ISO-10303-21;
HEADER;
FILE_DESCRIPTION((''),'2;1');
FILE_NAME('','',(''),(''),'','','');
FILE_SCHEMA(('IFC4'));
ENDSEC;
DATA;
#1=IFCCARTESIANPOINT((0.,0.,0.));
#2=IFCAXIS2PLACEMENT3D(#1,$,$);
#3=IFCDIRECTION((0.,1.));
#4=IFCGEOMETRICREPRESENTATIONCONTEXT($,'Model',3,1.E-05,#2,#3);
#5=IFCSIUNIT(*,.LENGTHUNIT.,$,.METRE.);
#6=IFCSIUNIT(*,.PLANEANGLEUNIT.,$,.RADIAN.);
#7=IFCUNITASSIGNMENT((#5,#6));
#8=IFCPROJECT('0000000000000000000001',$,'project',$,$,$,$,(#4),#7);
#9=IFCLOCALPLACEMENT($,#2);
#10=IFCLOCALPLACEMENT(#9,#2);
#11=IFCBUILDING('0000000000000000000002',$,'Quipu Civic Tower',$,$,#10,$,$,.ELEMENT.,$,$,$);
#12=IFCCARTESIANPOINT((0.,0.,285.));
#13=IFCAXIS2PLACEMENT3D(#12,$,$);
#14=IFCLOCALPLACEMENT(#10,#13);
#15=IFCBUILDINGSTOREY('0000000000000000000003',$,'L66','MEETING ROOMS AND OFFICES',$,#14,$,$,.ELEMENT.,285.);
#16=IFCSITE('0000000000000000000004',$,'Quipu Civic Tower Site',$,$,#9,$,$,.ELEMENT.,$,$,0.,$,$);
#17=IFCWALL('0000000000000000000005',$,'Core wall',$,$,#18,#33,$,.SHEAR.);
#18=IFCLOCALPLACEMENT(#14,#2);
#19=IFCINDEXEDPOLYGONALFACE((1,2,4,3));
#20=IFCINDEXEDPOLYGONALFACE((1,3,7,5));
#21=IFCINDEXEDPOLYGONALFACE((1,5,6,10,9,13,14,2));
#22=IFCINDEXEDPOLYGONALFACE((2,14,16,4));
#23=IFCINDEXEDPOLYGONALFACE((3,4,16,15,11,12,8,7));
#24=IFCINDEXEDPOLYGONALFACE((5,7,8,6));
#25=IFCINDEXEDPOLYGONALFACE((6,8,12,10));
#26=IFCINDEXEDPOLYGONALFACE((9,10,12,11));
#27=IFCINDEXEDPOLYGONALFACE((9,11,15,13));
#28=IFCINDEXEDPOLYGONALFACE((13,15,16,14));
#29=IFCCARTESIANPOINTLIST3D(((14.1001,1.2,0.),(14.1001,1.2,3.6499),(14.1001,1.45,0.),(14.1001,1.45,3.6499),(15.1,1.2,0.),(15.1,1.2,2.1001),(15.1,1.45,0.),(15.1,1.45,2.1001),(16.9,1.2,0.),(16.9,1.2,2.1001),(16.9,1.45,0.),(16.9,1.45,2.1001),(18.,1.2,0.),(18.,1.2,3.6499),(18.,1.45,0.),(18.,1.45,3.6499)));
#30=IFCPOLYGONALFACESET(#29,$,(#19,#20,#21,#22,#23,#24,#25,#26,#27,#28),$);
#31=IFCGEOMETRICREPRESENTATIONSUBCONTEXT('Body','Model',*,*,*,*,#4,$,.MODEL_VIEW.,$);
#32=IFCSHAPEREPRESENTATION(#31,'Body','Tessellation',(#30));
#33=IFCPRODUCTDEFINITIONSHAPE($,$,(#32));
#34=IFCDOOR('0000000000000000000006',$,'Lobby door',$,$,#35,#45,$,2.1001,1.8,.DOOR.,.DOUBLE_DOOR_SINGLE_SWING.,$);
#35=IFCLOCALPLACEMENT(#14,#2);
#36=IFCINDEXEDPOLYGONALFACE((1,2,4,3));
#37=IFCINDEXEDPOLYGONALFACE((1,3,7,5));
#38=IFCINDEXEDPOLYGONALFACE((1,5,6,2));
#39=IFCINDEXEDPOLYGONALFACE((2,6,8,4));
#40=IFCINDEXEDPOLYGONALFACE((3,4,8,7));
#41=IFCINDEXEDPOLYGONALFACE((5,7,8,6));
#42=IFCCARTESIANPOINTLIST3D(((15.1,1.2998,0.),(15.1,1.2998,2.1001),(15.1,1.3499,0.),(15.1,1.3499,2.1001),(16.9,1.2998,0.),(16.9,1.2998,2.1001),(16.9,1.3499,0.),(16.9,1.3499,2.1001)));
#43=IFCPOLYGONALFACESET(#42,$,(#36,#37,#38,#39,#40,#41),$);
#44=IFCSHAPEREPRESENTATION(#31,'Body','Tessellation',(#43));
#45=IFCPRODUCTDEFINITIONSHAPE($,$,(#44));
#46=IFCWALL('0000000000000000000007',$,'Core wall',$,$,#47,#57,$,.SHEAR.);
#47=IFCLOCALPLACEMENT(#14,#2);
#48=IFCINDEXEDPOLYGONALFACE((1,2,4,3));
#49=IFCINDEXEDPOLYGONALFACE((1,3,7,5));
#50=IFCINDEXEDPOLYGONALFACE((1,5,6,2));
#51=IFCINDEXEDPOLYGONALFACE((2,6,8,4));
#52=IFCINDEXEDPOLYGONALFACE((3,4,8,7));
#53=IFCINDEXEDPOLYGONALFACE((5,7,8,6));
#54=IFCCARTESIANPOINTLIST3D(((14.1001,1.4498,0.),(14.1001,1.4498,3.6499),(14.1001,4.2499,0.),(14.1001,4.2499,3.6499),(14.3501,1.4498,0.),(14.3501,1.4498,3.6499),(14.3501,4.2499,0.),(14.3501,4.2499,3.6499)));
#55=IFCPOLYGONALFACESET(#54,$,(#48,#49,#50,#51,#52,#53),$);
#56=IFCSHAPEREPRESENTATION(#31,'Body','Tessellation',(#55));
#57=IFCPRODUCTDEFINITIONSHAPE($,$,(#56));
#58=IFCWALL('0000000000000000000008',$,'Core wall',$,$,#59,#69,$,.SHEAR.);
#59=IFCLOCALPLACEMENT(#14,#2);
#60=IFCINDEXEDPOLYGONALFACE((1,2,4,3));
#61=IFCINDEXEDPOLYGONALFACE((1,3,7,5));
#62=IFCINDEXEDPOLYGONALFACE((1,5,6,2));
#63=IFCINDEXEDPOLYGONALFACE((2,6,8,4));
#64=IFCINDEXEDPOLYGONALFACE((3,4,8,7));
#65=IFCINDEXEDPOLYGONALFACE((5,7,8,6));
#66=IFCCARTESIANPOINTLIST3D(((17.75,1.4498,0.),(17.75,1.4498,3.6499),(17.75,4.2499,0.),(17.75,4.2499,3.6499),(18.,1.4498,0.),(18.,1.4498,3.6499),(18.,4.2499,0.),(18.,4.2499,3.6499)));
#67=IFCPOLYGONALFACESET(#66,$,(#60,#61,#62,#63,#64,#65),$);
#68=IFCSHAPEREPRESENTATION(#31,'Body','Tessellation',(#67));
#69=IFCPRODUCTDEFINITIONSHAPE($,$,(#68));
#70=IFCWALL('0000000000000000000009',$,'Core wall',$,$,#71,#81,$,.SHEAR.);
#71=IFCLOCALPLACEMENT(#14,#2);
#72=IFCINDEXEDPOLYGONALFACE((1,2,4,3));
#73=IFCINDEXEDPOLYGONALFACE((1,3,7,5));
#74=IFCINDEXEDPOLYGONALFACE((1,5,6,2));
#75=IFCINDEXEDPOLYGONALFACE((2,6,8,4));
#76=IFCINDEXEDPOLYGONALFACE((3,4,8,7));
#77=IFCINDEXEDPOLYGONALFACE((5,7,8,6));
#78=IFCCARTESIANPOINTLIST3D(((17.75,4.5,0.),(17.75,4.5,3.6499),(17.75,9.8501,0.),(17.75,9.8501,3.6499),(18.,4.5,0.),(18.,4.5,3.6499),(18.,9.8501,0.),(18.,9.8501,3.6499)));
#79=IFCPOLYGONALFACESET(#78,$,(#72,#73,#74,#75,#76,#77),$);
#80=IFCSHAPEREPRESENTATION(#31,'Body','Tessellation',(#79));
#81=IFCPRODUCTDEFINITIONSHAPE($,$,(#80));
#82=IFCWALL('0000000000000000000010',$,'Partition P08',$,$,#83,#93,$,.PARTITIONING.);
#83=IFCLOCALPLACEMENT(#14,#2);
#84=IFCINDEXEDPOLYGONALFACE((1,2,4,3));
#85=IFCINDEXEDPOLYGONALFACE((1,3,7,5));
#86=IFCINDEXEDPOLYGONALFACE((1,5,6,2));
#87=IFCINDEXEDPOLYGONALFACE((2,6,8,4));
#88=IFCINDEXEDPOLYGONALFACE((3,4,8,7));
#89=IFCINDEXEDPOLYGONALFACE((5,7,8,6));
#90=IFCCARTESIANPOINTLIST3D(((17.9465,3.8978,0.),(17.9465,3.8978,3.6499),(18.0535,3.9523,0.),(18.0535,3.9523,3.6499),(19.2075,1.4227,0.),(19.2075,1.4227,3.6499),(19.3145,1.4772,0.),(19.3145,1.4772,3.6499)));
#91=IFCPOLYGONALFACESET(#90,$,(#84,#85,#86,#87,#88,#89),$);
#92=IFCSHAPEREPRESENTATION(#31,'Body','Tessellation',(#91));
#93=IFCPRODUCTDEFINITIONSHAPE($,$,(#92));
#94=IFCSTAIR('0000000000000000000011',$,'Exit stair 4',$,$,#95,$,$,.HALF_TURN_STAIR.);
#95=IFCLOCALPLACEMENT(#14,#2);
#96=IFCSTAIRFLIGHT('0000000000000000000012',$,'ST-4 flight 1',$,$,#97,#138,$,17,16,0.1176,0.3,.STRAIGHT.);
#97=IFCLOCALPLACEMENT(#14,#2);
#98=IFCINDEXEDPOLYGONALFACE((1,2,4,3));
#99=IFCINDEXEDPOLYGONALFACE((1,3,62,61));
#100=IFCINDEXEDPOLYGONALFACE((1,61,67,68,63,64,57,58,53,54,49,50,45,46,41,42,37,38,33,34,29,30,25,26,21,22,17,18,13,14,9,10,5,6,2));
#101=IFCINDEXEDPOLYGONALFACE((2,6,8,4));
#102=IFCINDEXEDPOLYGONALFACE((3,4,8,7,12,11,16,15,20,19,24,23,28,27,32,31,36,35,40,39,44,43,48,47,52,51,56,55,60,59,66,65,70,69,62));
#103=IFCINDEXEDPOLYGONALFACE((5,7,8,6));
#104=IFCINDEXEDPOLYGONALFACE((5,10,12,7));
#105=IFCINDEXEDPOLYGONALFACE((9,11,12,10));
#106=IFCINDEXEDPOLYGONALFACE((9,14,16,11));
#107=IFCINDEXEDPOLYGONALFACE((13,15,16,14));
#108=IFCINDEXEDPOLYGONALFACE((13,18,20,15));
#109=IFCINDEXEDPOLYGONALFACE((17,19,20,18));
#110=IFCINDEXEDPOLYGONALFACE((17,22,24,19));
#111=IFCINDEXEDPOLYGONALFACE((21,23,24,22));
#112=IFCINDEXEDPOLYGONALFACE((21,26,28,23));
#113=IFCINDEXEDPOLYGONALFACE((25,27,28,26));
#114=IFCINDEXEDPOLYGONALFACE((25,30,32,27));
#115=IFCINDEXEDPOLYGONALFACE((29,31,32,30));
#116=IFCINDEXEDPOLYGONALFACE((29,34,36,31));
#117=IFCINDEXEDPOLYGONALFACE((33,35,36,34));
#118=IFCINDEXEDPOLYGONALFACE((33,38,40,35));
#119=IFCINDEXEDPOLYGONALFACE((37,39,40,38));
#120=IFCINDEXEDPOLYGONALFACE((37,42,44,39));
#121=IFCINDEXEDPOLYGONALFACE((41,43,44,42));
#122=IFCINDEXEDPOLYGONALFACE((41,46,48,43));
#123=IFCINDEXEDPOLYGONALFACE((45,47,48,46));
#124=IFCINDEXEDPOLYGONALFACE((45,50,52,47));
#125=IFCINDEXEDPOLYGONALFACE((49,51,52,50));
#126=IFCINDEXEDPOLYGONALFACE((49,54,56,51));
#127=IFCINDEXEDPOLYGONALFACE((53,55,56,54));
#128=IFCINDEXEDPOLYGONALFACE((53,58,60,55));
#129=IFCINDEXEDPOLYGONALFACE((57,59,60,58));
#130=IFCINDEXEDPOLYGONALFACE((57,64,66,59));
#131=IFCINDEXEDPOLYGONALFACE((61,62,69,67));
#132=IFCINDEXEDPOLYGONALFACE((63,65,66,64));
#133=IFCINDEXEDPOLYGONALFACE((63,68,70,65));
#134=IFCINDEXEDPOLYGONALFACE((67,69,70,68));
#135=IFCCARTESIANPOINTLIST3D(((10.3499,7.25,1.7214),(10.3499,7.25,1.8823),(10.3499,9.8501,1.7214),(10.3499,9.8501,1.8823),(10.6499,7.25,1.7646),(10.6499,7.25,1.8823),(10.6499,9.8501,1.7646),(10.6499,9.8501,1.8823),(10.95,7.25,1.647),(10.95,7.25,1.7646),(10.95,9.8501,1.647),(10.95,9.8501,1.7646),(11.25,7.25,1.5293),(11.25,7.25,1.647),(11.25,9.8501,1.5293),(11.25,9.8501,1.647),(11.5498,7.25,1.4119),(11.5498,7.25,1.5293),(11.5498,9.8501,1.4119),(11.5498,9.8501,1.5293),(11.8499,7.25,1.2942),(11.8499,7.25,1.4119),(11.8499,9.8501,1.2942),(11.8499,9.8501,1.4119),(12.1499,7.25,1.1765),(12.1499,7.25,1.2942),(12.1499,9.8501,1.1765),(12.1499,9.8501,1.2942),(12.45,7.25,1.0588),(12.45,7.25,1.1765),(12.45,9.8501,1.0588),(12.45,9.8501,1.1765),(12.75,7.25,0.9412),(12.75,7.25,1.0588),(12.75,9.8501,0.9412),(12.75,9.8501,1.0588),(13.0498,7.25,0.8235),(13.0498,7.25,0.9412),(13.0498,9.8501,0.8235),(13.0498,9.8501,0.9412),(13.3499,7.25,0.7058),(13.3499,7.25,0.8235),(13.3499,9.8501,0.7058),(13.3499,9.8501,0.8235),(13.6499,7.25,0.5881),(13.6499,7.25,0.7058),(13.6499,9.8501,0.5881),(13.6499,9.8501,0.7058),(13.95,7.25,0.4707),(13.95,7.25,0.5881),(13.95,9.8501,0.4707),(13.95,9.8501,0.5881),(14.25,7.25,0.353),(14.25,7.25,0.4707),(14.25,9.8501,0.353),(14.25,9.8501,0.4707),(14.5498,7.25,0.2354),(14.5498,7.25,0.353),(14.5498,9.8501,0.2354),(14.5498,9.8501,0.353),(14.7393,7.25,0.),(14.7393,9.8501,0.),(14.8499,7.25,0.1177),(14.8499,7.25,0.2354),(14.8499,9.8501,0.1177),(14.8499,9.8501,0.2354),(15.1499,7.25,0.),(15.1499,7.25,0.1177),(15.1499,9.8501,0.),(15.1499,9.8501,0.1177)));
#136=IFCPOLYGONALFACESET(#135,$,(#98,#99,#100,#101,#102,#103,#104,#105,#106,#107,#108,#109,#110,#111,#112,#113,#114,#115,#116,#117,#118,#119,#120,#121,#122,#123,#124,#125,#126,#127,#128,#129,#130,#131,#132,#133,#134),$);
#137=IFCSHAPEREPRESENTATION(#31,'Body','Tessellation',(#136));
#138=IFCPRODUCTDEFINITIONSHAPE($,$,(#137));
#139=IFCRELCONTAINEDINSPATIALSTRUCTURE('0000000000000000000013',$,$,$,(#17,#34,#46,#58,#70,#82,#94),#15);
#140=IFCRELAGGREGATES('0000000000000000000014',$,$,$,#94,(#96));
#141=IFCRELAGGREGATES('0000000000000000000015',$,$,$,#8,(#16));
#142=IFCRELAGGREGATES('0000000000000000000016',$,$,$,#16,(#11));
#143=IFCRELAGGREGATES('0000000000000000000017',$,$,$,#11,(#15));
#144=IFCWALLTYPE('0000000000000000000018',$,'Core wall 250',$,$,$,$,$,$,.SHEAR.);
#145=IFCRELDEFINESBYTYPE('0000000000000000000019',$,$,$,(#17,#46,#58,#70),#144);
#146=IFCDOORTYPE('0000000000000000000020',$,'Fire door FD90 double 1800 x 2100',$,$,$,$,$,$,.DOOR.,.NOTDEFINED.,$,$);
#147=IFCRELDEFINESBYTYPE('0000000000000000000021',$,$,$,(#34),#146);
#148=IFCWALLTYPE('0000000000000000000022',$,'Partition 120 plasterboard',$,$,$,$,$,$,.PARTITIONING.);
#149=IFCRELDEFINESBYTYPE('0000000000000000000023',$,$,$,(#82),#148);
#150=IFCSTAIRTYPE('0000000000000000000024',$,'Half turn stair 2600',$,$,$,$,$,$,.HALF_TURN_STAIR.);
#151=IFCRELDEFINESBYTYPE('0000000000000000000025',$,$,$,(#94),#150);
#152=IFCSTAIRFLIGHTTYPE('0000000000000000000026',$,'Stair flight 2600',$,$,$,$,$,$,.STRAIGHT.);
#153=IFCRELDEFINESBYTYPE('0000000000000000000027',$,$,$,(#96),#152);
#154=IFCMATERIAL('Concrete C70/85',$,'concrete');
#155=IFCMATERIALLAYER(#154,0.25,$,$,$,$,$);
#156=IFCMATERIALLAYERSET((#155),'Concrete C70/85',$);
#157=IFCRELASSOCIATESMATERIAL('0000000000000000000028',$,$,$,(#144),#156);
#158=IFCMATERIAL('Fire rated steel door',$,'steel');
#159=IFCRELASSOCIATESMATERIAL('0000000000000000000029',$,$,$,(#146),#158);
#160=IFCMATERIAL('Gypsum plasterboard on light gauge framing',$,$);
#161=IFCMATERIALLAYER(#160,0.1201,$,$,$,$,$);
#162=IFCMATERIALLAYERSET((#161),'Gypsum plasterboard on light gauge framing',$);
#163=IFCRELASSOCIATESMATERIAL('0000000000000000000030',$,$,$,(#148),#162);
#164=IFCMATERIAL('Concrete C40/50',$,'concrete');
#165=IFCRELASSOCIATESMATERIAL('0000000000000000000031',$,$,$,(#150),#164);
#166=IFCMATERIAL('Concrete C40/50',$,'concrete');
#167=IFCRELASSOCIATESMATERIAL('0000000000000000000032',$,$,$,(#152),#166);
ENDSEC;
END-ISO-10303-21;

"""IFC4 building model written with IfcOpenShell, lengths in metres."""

from ifc_helpers import new_model, si_unit, direction, frame, frame_2d, origin, place, context, subcontext, project, spatial, polyline, rectangle, outline, extrude, material, layer, layer_set, type_object, element, fill, aggregate, save


model = new_model("IFC4")

# Units and contexts
model_context = context("Model", 3, precision=1e-05, world=origin(), true_north=direction((0.0, 1.0)))
body_context = subcontext(model_context, "Body", "Model", "MODEL_VIEW")
ifc_project = project(units=[si_unit("LENGTHUNIT", "METRE"), si_unit("PLANEANGLEUNIT", "RADIAN")], contexts=[model_context])

# Site, building, storey
site_placement = place(None, origin())
site = spatial("IfcSite", under=ifc_project, at=site_placement, Name="Quipu Civic Tower Site", CompositionType="ELEMENT", RefElevation=0.0)
building_placement = place(site_placement, origin())
building = spatial("IfcBuilding", under=site, at=building_placement, Name="Quipu Civic Tower", CompositionType="ELEMENT")
storey_placement = place(building_placement, frame((0.0, 0.0, 285.0)))
storey = spatial("IfcBuildingStorey", under=building, at=storey_placement, Name="L66", Description="MEETING ROOMS AND OFFICES", CompositionType="ELEMENT", Elevation=285.0)

# Wall, opening, door
ifc_material_1 = material(Name="Concrete C70/85", Category="concrete")
ifc_layer_1 = layer(ifc_material_1, 0.25)
ifc_layer_set_1 = layer_set([ifc_layer_1], Name="Concrete C70/85")
wall_type_1 = type_object("IfcWallType", Name="Core wall 250", PredefinedType="SHEAR", material=ifc_layer_set_1)
wall_1_placement = place(storey_placement, frame((14.1001, 1.325, 0.0), z_axis=(0.0, 0.0, 1.0), x_axis=(1.0, 0.0, 0.0)))
wall_1 = element("IfcWall", 1, at=wall_1_placement, inside=storey, type_object=wall_type_1, Name="Core wall", PredefinedType="SHEAR", context=body_context, shape_type="SweptSolid", body=[
    extrude(rectangle(XDim=3.8999, YDim=0.25, at=frame_2d((1.95, 0.0))), origin(), (0.0, 0.0, 1.0), 3.6499),
])
opening_placement = place(wall_1_placement, frame((1.0, 0.0, 0.0)))
opening = element("IfcOpeningElement", 2, at=opening_placement, cuts=wall_1, PredefinedType="OPENING", context=body_context, shape_type="SweptSolid", body=[
    extrude(rectangle(XDim=1.8, YDim=2.1001, at=frame_2d((0.8999, 1.05))), frame((0.0, 0.135, 0.0), z_axis=(0.0, -1.0, 0.0), x_axis=(1.0, 0.0, 0.0)), (0.0, 0.0, 1.0), 0.27),
])
ifc_material_2 = material(Name="Fire rated steel door", Category="steel")
door_type = type_object("IfcDoorType", Name="Fire door FD90 double 1800 x 2100", OperationType="NOTDEFINED", PredefinedType="DOOR", material=ifc_material_2)
door_placement = place(opening_placement, origin())
door = element("IfcDoor", 3, at=door_placement, inside=storey, type_object=door_type, Name="Lobby door", OperationType="DOUBLE_DOOR_SINGLE_SWING", OverallHeight=2.1001, OverallWidth=1.8, PredefinedType="DOOR", context=body_context, shape_type="SweptSolid", body=[
    extrude(rectangle(XDim=1.8, YDim=2.1001, at=frame_2d((0.8999, 1.05))), frame((0.0, 0.0249, 0.0), z_axis=(0.0, -1.0, 0.0), x_axis=(1.0, 0.0, 0.0)), (0.0, 0.0, 1.0), 0.05),
])
fill(opening, door)

# Walls
for number, where, z_axis, x_axis, name in (
    (4, (14.2251, 1.45, 0.0), (0.0, 0.0, 1.0), (0.0, 1.0, 0.0), "Core wall"),
    (5, (17.875, 1.45, 0.0), (0.0, 0.0, 1.0), (0.0, 1.0, 0.0), "Core wall"),
):
    element("IfcWall", number, at=place(storey_placement, frame(where, z_axis=z_axis, x_axis=x_axis)), inside=storey, type_object=wall_type_1, Name=name, PredefinedType="SHEAR", context=body_context, shape_type="SweptSolid", body=[
        extrude(rectangle(XDim=2.8, YDim=0.25, at=frame_2d((1.3999, 0.0))), origin(), (0.0, 0.0, 1.0), 3.6499),
    ])
wall_2_placement = place(storey_placement, frame((17.875, 4.5, 0.0), z_axis=(0.0, 0.0, 1.0), x_axis=(0.0, 1.0, 0.0)))
element("IfcWall", 6, at=wall_2_placement, inside=storey, type_object=wall_type_1, Name="Core wall", PredefinedType="SHEAR", context=body_context, shape_type="SweptSolid", body=[
    extrude(rectangle(XDim=5.3501, YDim=0.25, at=frame_2d((2.675, 0.0))), origin(), (0.0, 0.0, 1.0), 3.6499),
])
ifc_material_3 = material(Name="Gypsum plasterboard on light gauge framing")
ifc_layer_2 = layer(ifc_material_3, 0.1201)
ifc_layer_set_2 = layer_set([ifc_layer_2], Name="Gypsum plasterboard on light gauge framing")
wall_type_2 = type_object("IfcWallType", Name="Partition 120 plasterboard", PredefinedType="PARTITIONING", material=ifc_layer_set_2)
wall_3_placement = place(storey_placement, frame((18.0, 3.925, 0.0), z_axis=(0.0, 0.0, 1.0), x_axis=(0.453951, -0.891027, 0.0)))
element("IfcWall", 7, at=wall_3_placement, inside=storey, type_object=wall_type_2, Name="Partition P08", PredefinedType="PARTITIONING", context=body_context, shape_type="SweptSolid", body=[
    extrude(rectangle(XDim=2.7778, YDim=0.1201, at=frame_2d((1.3889, 0.0))), origin(), (0.0, 0.0, 1.0), 3.6499),
])

# Stair, stair flight
ifc_material_4 = material(Name="Concrete C40/50", Category="concrete")
stair_type = type_object("IfcStairType", Name="Half turn stair 2600", PredefinedType="HALF_TURN_STAIR", material=ifc_material_4)
stair_placement = place(storey_placement, origin())
stair = element("IfcStair", 8, at=stair_placement, inside=storey, type_object=stair_type, Name="Exit stair 4", PredefinedType="HALF_TURN_STAIR")
ifc_material_5 = material(Name="Concrete C40/50", Category="concrete")
stair_flight_type = type_object("IfcStairFlightType", Name="Stair flight 2600", PredefinedType="STRAIGHT", material=ifc_material_5)
stair_flight_placement = place(storey_placement, frame((15.1499, 8.55, 0.0), z_axis=(0.0, 0.0, 1.0), x_axis=(-1.0, 0.0, 0.0)))
stair_flight = element("IfcStairFlight", 9, at=stair_flight_placement, type_object=stair_flight_type, Name="ST-4 flight 1", NumberOfRisers=17, NumberOfTreads=16, PredefinedType="STRAIGHT", RiserHeight=0.1176, TreadLength=0.3, context=body_context, shape_type="SweptSolid", body=[
    extrude(outline(polyline([(0.0, 0.0), (0.0, 0.1177), (0.3, 0.1177), (0.3, 0.2354), (0.6001, 0.2354), (0.6001, 0.353), (0.8999, 0.353), (0.8999, 0.4707), (1.2, 0.4707), (1.2, 0.5881), (1.5, 0.5881), (1.5, 0.7058), (1.8, 0.7058), (1.8, 0.8235), (2.1001, 0.8235), (2.1001, 0.9412), (2.3999, 0.9412), (2.3999, 1.0588), (2.7, 1.0588), (2.7, 1.1765), (3.0, 1.1765), (3.0, 1.2942), (3.3, 1.2942), (3.3, 1.4119), (3.6001, 1.4119), (3.6001, 1.5293), (3.8999, 1.5293), (3.8999, 1.647), (4.2, 1.647), (4.2, 1.7646), (4.5, 1.7646), (4.5, 1.8823), (4.8, 1.8823), (4.8, 2.0), (4.8, 1.7214), (0.4106, 0.0), (0.0, 0.0)])), frame((0.0, 1.3, 0.0), z_axis=(0.0, -1.0, 0.0), x_axis=(1.0, 0.0, 0.0)), (0.0, 0.0, 1.0), 2.6001),
])
aggregate(stair, [stair_flight])

save(model, "model.ifc")
